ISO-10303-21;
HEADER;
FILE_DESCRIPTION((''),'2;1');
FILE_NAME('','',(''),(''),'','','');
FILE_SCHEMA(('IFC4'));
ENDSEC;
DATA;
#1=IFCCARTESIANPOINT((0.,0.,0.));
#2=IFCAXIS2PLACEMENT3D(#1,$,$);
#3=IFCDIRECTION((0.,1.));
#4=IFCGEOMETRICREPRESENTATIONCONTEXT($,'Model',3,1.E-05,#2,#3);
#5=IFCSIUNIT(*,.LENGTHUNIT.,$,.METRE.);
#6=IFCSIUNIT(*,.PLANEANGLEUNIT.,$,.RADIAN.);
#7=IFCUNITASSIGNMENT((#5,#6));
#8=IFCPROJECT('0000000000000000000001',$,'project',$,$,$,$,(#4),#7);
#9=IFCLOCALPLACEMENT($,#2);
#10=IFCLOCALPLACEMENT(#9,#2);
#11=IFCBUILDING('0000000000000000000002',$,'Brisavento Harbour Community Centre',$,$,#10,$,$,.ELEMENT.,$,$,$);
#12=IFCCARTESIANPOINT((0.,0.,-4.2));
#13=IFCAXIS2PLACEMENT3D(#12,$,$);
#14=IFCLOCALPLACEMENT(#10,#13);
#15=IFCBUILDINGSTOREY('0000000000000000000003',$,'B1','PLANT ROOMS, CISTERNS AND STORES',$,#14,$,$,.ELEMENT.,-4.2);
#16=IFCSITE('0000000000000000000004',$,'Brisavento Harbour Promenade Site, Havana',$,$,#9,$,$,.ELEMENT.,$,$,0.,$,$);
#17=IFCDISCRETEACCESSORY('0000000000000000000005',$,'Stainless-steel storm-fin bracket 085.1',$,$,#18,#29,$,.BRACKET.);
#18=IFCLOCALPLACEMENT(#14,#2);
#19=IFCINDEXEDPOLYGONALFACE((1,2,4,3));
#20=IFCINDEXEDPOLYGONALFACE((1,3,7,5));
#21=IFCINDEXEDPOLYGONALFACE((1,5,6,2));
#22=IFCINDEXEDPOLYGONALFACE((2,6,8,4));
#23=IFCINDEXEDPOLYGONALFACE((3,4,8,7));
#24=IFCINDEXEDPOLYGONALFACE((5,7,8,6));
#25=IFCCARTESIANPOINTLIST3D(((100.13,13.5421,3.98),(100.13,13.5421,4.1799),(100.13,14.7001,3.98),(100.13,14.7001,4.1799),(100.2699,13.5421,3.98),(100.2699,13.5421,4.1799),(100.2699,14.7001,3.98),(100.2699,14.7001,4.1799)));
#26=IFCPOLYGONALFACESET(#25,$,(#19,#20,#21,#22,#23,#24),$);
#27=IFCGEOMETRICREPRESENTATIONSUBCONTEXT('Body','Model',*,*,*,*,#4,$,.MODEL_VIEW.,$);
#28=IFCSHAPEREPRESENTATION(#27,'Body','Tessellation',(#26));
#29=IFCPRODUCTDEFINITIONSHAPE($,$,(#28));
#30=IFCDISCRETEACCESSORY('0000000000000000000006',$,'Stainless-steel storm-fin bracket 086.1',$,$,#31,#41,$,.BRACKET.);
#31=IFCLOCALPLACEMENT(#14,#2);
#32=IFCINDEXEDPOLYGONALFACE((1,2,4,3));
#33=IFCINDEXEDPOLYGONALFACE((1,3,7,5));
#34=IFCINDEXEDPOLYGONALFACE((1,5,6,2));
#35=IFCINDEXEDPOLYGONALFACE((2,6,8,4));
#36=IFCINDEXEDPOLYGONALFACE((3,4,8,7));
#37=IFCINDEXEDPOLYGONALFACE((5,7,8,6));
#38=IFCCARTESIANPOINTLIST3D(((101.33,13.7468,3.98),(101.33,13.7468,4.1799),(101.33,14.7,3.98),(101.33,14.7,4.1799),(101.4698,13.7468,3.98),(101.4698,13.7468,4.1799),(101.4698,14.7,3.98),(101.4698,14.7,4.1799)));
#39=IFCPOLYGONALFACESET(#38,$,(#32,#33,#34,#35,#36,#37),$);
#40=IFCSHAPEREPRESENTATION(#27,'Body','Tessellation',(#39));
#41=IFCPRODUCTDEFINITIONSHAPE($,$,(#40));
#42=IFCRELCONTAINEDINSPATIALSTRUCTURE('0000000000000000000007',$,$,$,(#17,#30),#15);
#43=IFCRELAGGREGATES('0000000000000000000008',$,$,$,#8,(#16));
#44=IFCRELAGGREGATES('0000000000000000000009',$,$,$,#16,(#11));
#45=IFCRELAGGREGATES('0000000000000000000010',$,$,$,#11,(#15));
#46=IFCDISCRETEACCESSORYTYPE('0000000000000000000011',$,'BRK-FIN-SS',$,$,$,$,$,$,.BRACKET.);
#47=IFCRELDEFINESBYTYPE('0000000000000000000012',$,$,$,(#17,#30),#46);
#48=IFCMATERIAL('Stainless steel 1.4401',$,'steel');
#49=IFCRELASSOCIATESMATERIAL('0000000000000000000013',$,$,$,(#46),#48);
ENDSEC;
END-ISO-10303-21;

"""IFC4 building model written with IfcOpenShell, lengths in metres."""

from ifc_helpers import new_model, si_unit, direction, frame, origin, origin_2d, place, context, subcontext, project, spatial, rectangle, extrude, material, type_object, element, save


model = new_model("IFC4")

# Units and contexts
model_context = context("Model", 3, precision=1e-05, world=origin(), true_north=direction((0.0, 1.0)))
body_context = subcontext(model_context, "Body", "Model", "MODEL_VIEW")
ifc_project = project(units=[si_unit("LENGTHUNIT", "METRE"), si_unit("PLANEANGLEUNIT", "RADIAN")], contexts=[model_context])

# Site, building, storey
site_placement = place(None, origin())
site = spatial("IfcSite", under=ifc_project, at=site_placement, Name="Brisavento Harbour Promenade Site, Havana", CompositionType="ELEMENT", RefElevation=0.0)
building_placement = place(site_placement, origin())
building = spatial("IfcBuilding", under=site, at=building_placement, Name="Brisavento Harbour Community Centre", CompositionType="ELEMENT")
storey_placement = place(building_placement, frame((0.0, 0.0, -4.2)))
storey = spatial("IfcBuildingStorey", under=building, at=storey_placement, Name="B1", Description="PLANT ROOMS, CISTERNS AND STORES", CompositionType="ELEMENT", Elevation=-4.2)

# Discrete accessories
ifc_material_1 = material(Name="Stainless steel 1.4401", Category="steel")
discrete_accessory_type = type_object("IfcDiscreteAccessoryType", Name="BRK-FIN-SS", PredefinedType="BRACKET", material=ifc_material_1)
discrete_accessory_1_placement = place(storey_placement, frame((100.2, 14.1211, 3.98), z_axis=(0.0, 0.0, 1.0), x_axis=(0.0, -1.0, 0.0)))
element("IfcDiscreteAccessory", 1, at=discrete_accessory_1_placement, inside=storey, type_object=discrete_accessory_type, Name="Stainless-steel storm-fin bracket 085.1", PredefinedType="BRACKET", context=body_context, shape_type="SweptSolid", body=[
    extrude(rectangle(XDim=1.158, YDim=0.1399, at=origin_2d()), origin(), (0.0, 0.0, 1.0), 0.2),
])
discrete_accessory_2_placement = place(storey_placement, frame((101.3999, 14.2234, 3.98), z_axis=(0.0, 0.0, 1.0), x_axis=(0.0, -1.0, 0.0)))
element("IfcDiscreteAccessory", 2, at=discrete_accessory_2_placement, inside=storey, type_object=discrete_accessory_type, Name="Stainless-steel storm-fin bracket 086.1", PredefinedType="BRACKET", context=body_context, shape_type="SweptSolid", body=[
    extrude(rectangle(XDim=0.9531, YDim=0.1399, at=origin_2d()), origin(), (0.0, 0.0, 1.0), 0.2),
])

save(model, "model.ifc")
